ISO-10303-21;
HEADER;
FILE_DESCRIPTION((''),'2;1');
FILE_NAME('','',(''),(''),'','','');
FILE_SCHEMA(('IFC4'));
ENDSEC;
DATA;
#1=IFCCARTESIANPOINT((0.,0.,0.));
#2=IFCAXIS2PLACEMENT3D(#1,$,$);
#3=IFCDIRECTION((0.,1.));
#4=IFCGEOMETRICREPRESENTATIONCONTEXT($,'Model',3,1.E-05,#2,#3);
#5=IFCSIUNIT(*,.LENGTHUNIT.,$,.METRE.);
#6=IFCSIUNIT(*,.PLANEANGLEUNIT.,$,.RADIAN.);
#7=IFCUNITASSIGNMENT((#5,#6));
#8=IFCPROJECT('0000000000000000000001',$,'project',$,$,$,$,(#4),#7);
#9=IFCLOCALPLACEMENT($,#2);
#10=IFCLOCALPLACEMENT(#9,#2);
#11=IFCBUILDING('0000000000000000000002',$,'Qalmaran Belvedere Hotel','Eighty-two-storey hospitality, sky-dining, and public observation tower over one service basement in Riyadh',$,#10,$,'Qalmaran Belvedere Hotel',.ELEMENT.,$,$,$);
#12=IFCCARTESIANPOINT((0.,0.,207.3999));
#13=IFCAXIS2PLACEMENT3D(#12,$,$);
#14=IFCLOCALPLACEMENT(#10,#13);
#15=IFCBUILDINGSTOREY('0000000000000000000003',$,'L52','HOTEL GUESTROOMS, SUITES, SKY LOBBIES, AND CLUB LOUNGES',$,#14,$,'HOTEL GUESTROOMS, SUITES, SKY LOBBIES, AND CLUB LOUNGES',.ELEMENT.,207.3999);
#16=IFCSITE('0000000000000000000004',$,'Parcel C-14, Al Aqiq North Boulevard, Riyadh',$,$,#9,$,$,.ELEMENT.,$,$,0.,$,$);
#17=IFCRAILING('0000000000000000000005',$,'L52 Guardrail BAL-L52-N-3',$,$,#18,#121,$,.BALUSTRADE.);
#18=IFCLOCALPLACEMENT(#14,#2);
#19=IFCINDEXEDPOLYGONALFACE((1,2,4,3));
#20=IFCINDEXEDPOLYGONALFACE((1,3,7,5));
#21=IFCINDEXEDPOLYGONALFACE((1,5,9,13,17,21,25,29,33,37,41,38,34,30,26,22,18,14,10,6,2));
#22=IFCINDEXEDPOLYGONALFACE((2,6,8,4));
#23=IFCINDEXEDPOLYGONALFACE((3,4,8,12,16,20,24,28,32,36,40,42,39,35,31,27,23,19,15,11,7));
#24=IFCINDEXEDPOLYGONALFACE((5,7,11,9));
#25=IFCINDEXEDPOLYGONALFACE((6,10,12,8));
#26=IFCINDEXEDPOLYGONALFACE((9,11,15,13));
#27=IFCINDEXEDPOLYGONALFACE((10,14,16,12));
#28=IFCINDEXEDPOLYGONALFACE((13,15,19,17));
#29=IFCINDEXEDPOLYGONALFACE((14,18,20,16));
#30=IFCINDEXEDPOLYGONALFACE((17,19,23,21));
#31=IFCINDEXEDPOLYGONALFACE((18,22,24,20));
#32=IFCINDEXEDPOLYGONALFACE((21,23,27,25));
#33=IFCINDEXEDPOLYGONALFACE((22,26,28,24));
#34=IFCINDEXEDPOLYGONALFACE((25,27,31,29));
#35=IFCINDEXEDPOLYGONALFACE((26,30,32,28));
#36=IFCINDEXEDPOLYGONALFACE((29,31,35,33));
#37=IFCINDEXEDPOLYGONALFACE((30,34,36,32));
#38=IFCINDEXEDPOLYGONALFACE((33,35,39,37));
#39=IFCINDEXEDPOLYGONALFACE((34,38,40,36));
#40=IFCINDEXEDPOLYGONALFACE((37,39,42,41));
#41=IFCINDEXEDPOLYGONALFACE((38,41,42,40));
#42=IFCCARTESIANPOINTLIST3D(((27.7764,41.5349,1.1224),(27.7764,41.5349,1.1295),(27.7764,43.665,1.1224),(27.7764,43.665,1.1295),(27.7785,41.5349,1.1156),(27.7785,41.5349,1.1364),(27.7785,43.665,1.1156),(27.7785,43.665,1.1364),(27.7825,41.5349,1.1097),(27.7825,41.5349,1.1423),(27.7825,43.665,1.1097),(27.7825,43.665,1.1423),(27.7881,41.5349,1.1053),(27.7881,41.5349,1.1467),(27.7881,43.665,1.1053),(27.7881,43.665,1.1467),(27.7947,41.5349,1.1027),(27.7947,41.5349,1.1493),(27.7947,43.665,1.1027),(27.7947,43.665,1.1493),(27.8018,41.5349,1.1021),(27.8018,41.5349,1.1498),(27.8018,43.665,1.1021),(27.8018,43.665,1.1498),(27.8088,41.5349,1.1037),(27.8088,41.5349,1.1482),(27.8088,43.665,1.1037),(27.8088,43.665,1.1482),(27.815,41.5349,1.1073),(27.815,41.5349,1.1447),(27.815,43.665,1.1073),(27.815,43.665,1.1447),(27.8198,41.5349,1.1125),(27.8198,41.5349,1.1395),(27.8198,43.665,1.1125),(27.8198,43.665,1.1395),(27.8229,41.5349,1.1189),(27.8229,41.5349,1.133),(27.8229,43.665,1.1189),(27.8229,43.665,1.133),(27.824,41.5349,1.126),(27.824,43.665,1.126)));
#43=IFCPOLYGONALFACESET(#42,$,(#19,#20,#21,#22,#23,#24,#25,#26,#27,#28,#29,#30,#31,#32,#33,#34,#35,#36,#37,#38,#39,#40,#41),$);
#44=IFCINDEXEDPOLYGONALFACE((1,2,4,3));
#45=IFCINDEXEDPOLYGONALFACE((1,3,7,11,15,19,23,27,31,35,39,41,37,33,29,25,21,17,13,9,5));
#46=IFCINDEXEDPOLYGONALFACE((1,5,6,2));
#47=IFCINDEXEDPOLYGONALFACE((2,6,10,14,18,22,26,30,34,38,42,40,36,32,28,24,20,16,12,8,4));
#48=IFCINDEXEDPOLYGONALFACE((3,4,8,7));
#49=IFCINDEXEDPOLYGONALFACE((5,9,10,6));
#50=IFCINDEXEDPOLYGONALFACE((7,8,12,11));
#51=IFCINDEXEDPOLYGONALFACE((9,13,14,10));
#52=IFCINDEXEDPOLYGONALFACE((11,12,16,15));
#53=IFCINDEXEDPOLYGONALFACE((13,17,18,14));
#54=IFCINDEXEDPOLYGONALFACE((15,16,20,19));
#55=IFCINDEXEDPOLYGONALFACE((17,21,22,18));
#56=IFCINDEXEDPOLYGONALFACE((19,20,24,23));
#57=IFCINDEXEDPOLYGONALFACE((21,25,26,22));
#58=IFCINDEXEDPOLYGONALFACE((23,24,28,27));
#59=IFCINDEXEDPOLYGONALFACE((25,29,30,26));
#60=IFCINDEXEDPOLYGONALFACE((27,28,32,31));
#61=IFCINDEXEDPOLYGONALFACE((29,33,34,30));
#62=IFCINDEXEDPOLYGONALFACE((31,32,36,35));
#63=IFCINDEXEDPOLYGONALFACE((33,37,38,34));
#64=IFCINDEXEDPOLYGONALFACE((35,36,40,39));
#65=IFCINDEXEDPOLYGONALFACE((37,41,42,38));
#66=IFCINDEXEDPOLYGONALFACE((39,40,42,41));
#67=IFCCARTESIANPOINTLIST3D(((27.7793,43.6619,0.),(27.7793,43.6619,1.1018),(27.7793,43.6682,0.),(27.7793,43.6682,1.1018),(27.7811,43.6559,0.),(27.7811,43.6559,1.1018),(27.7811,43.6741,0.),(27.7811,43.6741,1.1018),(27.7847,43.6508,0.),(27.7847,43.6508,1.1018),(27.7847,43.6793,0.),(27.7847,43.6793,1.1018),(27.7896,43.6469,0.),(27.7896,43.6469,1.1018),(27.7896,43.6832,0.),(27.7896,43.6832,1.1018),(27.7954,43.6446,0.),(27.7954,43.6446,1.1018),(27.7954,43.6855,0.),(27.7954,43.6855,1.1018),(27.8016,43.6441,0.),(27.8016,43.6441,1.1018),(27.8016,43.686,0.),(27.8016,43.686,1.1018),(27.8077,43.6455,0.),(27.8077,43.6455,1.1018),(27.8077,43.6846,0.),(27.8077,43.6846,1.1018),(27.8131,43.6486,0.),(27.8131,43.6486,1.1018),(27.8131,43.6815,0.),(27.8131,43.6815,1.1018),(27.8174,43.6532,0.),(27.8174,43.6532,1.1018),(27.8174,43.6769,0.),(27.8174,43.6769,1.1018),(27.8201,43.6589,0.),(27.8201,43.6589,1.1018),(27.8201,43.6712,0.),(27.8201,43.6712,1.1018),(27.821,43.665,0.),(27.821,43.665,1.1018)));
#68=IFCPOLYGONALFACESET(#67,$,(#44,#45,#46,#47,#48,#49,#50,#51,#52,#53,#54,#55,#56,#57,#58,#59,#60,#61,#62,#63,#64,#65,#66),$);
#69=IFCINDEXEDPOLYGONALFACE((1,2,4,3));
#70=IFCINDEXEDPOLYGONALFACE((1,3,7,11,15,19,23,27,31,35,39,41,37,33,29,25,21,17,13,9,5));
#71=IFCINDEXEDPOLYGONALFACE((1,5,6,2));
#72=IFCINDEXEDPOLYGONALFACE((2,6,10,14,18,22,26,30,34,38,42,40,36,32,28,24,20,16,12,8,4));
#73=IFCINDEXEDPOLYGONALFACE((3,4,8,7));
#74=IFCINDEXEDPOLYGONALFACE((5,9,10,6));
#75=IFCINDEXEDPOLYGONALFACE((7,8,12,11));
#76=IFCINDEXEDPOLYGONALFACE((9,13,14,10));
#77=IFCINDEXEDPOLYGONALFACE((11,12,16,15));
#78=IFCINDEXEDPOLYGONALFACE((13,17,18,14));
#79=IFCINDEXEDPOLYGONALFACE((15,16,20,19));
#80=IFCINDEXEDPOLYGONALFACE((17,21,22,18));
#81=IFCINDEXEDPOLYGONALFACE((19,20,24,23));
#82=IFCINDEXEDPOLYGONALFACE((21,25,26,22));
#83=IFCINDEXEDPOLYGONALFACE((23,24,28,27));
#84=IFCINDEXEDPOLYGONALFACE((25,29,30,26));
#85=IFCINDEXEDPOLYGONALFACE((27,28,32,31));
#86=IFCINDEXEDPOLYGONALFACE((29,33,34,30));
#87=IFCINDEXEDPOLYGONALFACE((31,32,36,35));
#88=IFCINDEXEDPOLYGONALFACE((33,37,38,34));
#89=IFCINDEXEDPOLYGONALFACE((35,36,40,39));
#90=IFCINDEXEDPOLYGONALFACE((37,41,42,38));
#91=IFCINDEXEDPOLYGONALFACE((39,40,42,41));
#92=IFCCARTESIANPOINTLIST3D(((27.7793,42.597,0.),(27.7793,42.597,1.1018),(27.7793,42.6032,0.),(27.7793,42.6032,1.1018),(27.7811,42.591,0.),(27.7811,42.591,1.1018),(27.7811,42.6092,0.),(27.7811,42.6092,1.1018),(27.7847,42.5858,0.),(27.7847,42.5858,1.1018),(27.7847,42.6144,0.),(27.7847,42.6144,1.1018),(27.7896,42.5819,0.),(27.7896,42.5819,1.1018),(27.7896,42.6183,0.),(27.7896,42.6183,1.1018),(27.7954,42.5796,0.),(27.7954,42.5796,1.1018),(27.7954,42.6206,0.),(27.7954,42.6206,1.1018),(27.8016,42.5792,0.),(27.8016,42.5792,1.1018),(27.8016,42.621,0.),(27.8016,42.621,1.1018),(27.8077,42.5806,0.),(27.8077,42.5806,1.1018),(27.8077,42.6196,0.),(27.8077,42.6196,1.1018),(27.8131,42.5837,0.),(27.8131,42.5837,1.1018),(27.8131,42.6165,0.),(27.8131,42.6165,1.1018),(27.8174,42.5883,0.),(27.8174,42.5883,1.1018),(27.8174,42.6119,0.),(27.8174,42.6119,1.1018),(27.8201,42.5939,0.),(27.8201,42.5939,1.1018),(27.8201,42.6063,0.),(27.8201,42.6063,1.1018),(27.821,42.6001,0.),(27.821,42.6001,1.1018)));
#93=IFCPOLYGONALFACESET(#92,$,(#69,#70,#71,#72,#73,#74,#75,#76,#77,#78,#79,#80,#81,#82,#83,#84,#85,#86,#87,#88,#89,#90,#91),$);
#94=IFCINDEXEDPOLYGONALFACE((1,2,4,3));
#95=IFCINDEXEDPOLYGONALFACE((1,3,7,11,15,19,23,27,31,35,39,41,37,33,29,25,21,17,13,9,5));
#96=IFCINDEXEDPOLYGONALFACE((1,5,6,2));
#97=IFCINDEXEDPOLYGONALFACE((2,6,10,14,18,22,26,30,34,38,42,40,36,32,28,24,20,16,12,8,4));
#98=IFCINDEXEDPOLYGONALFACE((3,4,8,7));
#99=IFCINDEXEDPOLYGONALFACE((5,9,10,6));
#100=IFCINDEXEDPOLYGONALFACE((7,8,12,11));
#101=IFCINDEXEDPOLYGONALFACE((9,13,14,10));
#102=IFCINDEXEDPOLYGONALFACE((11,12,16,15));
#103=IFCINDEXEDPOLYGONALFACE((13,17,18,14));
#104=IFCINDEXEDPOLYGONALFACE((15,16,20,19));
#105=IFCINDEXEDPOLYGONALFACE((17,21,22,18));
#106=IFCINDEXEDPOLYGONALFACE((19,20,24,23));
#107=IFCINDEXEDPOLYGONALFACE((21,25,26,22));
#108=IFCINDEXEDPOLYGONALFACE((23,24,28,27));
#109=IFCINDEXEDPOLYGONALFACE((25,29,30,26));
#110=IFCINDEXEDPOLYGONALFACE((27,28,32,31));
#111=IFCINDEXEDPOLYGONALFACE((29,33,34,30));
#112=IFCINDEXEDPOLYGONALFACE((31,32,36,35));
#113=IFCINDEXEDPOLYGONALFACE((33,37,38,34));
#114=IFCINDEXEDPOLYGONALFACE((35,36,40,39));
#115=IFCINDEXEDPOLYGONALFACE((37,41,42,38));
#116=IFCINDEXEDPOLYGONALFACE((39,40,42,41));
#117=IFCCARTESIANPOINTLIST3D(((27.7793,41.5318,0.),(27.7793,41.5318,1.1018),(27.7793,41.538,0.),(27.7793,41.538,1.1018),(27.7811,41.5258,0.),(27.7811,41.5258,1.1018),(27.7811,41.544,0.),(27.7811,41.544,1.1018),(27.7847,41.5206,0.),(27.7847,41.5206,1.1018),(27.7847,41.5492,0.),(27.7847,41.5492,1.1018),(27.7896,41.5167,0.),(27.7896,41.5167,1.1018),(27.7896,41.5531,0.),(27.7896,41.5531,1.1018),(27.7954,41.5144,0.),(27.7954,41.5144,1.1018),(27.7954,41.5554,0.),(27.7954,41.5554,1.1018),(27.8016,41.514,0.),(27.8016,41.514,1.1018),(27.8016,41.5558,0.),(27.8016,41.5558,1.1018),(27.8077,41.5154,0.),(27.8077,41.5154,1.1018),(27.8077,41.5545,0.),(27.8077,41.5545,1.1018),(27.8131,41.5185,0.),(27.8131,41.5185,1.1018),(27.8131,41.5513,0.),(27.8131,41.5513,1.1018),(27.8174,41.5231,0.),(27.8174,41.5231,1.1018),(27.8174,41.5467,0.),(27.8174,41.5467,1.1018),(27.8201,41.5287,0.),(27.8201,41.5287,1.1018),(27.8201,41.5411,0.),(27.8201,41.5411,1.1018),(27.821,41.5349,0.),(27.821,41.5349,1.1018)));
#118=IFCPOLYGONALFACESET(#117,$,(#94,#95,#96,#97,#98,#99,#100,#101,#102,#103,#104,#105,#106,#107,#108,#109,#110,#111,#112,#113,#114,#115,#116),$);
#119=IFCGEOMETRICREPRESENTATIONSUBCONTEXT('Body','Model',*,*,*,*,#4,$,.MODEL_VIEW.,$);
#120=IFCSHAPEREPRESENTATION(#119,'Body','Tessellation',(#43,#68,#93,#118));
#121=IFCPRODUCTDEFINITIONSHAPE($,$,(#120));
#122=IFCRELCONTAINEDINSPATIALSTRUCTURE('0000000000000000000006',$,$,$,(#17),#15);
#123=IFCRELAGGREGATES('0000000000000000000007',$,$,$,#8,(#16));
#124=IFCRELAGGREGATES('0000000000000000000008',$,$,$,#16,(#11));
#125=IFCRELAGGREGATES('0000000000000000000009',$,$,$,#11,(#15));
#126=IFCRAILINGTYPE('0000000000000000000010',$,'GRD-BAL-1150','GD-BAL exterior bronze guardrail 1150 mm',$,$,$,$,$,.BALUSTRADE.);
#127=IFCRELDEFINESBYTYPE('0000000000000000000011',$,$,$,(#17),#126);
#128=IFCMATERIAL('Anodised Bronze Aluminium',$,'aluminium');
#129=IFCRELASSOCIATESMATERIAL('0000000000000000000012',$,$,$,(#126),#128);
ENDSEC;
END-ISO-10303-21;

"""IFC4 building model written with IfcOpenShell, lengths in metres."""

from ifc_helpers import new_model, si_unit, direction, frame, origin, origin_2d, place, context, subcontext, project, spatial, circle, extrude, material, type_object, element, save


model = new_model("IFC4")

# Units and contexts
model_context = context("Model", 3, precision=1e-05, world=origin(), true_north=direction((0.0, 1.0)))
body_context = subcontext(model_context, "Body", "Model", "MODEL_VIEW")
ifc_project = project(units=[si_unit("LENGTHUNIT", "METRE"), si_unit("PLANEANGLEUNIT", "RADIAN")], contexts=[model_context])

# Site, building, storey
site_placement = place(None, origin())
site = spatial("IfcSite", under=ifc_project, at=site_placement, Name="Parcel C-14, Al Aqiq North Boulevard, Riyadh", CompositionType="ELEMENT", RefElevation=0.0)
building_placement = place(site_placement, origin())
building = spatial("IfcBuilding", under=site, at=building_placement, Name="Qalmaran Belvedere Hotel", Description="Eighty-two-storey hospitality, sky-dining, and public observation tower over one service basement in Riyadh", LongName="Qalmaran Belvedere Hotel", CompositionType="ELEMENT")
storey_placement = place(building_placement, frame((0.0, 0.0, 207.3999)))
storey = spatial("IfcBuildingStorey", under=building, at=storey_placement, Name="L52", Description="HOTEL GUESTROOMS, SUITES, SKY LOBBIES, AND CLUB LOUNGES", LongName="HOTEL GUESTROOMS, SUITES, SKY LOBBIES, AND CLUB LOUNGES", CompositionType="ELEMENT", Elevation=207.3999)

# Shared definitions
ifc_material_1 = material(Name="Anodised Bronze Aluminium", Category="aluminium")

# Railing
railing_type = type_object("IfcRailingType", Name="GRD-BAL-1150", Description="GD-BAL exterior bronze guardrail 1150 mm", PredefinedType="BALUSTRADE", material=ifc_material_1)
railing_placement = place(storey_placement, frame((27.8, 43.665, 0.0)))
element("IfcRailing", 1, at=railing_placement, inside=storey, type_object=railing_type, Name="L52 Guardrail BAL-L52-N-3", PredefinedType="BALUSTRADE", context=body_context, shape_type="SweptSolid", body=[
    extrude(circle(Radius=0.0239, at=origin_2d()), frame((0.0, 0.0, 1.126), z_axis=(0.0, -1.0, 0.0), x_axis=(1.0, 0.0, 0.0)), (0.0, 0.0, 1.0), 2.1301),
    extrude(circle(Radius=0.021, at=origin_2d()), origin(), (0.0, 0.0, 1.0), 1.1018),
    extrude(circle(Radius=0.021, at=origin_2d()), frame((0.0, -1.0649, 0.0)), (0.0, 0.0, 1.0), 1.1018),
    extrude(circle(Radius=0.021, at=origin_2d()), frame((0.0, -2.1301, 0.0)), (0.0, 0.0, 1.0), 1.1018),
])

save(model, "model.ifc")
